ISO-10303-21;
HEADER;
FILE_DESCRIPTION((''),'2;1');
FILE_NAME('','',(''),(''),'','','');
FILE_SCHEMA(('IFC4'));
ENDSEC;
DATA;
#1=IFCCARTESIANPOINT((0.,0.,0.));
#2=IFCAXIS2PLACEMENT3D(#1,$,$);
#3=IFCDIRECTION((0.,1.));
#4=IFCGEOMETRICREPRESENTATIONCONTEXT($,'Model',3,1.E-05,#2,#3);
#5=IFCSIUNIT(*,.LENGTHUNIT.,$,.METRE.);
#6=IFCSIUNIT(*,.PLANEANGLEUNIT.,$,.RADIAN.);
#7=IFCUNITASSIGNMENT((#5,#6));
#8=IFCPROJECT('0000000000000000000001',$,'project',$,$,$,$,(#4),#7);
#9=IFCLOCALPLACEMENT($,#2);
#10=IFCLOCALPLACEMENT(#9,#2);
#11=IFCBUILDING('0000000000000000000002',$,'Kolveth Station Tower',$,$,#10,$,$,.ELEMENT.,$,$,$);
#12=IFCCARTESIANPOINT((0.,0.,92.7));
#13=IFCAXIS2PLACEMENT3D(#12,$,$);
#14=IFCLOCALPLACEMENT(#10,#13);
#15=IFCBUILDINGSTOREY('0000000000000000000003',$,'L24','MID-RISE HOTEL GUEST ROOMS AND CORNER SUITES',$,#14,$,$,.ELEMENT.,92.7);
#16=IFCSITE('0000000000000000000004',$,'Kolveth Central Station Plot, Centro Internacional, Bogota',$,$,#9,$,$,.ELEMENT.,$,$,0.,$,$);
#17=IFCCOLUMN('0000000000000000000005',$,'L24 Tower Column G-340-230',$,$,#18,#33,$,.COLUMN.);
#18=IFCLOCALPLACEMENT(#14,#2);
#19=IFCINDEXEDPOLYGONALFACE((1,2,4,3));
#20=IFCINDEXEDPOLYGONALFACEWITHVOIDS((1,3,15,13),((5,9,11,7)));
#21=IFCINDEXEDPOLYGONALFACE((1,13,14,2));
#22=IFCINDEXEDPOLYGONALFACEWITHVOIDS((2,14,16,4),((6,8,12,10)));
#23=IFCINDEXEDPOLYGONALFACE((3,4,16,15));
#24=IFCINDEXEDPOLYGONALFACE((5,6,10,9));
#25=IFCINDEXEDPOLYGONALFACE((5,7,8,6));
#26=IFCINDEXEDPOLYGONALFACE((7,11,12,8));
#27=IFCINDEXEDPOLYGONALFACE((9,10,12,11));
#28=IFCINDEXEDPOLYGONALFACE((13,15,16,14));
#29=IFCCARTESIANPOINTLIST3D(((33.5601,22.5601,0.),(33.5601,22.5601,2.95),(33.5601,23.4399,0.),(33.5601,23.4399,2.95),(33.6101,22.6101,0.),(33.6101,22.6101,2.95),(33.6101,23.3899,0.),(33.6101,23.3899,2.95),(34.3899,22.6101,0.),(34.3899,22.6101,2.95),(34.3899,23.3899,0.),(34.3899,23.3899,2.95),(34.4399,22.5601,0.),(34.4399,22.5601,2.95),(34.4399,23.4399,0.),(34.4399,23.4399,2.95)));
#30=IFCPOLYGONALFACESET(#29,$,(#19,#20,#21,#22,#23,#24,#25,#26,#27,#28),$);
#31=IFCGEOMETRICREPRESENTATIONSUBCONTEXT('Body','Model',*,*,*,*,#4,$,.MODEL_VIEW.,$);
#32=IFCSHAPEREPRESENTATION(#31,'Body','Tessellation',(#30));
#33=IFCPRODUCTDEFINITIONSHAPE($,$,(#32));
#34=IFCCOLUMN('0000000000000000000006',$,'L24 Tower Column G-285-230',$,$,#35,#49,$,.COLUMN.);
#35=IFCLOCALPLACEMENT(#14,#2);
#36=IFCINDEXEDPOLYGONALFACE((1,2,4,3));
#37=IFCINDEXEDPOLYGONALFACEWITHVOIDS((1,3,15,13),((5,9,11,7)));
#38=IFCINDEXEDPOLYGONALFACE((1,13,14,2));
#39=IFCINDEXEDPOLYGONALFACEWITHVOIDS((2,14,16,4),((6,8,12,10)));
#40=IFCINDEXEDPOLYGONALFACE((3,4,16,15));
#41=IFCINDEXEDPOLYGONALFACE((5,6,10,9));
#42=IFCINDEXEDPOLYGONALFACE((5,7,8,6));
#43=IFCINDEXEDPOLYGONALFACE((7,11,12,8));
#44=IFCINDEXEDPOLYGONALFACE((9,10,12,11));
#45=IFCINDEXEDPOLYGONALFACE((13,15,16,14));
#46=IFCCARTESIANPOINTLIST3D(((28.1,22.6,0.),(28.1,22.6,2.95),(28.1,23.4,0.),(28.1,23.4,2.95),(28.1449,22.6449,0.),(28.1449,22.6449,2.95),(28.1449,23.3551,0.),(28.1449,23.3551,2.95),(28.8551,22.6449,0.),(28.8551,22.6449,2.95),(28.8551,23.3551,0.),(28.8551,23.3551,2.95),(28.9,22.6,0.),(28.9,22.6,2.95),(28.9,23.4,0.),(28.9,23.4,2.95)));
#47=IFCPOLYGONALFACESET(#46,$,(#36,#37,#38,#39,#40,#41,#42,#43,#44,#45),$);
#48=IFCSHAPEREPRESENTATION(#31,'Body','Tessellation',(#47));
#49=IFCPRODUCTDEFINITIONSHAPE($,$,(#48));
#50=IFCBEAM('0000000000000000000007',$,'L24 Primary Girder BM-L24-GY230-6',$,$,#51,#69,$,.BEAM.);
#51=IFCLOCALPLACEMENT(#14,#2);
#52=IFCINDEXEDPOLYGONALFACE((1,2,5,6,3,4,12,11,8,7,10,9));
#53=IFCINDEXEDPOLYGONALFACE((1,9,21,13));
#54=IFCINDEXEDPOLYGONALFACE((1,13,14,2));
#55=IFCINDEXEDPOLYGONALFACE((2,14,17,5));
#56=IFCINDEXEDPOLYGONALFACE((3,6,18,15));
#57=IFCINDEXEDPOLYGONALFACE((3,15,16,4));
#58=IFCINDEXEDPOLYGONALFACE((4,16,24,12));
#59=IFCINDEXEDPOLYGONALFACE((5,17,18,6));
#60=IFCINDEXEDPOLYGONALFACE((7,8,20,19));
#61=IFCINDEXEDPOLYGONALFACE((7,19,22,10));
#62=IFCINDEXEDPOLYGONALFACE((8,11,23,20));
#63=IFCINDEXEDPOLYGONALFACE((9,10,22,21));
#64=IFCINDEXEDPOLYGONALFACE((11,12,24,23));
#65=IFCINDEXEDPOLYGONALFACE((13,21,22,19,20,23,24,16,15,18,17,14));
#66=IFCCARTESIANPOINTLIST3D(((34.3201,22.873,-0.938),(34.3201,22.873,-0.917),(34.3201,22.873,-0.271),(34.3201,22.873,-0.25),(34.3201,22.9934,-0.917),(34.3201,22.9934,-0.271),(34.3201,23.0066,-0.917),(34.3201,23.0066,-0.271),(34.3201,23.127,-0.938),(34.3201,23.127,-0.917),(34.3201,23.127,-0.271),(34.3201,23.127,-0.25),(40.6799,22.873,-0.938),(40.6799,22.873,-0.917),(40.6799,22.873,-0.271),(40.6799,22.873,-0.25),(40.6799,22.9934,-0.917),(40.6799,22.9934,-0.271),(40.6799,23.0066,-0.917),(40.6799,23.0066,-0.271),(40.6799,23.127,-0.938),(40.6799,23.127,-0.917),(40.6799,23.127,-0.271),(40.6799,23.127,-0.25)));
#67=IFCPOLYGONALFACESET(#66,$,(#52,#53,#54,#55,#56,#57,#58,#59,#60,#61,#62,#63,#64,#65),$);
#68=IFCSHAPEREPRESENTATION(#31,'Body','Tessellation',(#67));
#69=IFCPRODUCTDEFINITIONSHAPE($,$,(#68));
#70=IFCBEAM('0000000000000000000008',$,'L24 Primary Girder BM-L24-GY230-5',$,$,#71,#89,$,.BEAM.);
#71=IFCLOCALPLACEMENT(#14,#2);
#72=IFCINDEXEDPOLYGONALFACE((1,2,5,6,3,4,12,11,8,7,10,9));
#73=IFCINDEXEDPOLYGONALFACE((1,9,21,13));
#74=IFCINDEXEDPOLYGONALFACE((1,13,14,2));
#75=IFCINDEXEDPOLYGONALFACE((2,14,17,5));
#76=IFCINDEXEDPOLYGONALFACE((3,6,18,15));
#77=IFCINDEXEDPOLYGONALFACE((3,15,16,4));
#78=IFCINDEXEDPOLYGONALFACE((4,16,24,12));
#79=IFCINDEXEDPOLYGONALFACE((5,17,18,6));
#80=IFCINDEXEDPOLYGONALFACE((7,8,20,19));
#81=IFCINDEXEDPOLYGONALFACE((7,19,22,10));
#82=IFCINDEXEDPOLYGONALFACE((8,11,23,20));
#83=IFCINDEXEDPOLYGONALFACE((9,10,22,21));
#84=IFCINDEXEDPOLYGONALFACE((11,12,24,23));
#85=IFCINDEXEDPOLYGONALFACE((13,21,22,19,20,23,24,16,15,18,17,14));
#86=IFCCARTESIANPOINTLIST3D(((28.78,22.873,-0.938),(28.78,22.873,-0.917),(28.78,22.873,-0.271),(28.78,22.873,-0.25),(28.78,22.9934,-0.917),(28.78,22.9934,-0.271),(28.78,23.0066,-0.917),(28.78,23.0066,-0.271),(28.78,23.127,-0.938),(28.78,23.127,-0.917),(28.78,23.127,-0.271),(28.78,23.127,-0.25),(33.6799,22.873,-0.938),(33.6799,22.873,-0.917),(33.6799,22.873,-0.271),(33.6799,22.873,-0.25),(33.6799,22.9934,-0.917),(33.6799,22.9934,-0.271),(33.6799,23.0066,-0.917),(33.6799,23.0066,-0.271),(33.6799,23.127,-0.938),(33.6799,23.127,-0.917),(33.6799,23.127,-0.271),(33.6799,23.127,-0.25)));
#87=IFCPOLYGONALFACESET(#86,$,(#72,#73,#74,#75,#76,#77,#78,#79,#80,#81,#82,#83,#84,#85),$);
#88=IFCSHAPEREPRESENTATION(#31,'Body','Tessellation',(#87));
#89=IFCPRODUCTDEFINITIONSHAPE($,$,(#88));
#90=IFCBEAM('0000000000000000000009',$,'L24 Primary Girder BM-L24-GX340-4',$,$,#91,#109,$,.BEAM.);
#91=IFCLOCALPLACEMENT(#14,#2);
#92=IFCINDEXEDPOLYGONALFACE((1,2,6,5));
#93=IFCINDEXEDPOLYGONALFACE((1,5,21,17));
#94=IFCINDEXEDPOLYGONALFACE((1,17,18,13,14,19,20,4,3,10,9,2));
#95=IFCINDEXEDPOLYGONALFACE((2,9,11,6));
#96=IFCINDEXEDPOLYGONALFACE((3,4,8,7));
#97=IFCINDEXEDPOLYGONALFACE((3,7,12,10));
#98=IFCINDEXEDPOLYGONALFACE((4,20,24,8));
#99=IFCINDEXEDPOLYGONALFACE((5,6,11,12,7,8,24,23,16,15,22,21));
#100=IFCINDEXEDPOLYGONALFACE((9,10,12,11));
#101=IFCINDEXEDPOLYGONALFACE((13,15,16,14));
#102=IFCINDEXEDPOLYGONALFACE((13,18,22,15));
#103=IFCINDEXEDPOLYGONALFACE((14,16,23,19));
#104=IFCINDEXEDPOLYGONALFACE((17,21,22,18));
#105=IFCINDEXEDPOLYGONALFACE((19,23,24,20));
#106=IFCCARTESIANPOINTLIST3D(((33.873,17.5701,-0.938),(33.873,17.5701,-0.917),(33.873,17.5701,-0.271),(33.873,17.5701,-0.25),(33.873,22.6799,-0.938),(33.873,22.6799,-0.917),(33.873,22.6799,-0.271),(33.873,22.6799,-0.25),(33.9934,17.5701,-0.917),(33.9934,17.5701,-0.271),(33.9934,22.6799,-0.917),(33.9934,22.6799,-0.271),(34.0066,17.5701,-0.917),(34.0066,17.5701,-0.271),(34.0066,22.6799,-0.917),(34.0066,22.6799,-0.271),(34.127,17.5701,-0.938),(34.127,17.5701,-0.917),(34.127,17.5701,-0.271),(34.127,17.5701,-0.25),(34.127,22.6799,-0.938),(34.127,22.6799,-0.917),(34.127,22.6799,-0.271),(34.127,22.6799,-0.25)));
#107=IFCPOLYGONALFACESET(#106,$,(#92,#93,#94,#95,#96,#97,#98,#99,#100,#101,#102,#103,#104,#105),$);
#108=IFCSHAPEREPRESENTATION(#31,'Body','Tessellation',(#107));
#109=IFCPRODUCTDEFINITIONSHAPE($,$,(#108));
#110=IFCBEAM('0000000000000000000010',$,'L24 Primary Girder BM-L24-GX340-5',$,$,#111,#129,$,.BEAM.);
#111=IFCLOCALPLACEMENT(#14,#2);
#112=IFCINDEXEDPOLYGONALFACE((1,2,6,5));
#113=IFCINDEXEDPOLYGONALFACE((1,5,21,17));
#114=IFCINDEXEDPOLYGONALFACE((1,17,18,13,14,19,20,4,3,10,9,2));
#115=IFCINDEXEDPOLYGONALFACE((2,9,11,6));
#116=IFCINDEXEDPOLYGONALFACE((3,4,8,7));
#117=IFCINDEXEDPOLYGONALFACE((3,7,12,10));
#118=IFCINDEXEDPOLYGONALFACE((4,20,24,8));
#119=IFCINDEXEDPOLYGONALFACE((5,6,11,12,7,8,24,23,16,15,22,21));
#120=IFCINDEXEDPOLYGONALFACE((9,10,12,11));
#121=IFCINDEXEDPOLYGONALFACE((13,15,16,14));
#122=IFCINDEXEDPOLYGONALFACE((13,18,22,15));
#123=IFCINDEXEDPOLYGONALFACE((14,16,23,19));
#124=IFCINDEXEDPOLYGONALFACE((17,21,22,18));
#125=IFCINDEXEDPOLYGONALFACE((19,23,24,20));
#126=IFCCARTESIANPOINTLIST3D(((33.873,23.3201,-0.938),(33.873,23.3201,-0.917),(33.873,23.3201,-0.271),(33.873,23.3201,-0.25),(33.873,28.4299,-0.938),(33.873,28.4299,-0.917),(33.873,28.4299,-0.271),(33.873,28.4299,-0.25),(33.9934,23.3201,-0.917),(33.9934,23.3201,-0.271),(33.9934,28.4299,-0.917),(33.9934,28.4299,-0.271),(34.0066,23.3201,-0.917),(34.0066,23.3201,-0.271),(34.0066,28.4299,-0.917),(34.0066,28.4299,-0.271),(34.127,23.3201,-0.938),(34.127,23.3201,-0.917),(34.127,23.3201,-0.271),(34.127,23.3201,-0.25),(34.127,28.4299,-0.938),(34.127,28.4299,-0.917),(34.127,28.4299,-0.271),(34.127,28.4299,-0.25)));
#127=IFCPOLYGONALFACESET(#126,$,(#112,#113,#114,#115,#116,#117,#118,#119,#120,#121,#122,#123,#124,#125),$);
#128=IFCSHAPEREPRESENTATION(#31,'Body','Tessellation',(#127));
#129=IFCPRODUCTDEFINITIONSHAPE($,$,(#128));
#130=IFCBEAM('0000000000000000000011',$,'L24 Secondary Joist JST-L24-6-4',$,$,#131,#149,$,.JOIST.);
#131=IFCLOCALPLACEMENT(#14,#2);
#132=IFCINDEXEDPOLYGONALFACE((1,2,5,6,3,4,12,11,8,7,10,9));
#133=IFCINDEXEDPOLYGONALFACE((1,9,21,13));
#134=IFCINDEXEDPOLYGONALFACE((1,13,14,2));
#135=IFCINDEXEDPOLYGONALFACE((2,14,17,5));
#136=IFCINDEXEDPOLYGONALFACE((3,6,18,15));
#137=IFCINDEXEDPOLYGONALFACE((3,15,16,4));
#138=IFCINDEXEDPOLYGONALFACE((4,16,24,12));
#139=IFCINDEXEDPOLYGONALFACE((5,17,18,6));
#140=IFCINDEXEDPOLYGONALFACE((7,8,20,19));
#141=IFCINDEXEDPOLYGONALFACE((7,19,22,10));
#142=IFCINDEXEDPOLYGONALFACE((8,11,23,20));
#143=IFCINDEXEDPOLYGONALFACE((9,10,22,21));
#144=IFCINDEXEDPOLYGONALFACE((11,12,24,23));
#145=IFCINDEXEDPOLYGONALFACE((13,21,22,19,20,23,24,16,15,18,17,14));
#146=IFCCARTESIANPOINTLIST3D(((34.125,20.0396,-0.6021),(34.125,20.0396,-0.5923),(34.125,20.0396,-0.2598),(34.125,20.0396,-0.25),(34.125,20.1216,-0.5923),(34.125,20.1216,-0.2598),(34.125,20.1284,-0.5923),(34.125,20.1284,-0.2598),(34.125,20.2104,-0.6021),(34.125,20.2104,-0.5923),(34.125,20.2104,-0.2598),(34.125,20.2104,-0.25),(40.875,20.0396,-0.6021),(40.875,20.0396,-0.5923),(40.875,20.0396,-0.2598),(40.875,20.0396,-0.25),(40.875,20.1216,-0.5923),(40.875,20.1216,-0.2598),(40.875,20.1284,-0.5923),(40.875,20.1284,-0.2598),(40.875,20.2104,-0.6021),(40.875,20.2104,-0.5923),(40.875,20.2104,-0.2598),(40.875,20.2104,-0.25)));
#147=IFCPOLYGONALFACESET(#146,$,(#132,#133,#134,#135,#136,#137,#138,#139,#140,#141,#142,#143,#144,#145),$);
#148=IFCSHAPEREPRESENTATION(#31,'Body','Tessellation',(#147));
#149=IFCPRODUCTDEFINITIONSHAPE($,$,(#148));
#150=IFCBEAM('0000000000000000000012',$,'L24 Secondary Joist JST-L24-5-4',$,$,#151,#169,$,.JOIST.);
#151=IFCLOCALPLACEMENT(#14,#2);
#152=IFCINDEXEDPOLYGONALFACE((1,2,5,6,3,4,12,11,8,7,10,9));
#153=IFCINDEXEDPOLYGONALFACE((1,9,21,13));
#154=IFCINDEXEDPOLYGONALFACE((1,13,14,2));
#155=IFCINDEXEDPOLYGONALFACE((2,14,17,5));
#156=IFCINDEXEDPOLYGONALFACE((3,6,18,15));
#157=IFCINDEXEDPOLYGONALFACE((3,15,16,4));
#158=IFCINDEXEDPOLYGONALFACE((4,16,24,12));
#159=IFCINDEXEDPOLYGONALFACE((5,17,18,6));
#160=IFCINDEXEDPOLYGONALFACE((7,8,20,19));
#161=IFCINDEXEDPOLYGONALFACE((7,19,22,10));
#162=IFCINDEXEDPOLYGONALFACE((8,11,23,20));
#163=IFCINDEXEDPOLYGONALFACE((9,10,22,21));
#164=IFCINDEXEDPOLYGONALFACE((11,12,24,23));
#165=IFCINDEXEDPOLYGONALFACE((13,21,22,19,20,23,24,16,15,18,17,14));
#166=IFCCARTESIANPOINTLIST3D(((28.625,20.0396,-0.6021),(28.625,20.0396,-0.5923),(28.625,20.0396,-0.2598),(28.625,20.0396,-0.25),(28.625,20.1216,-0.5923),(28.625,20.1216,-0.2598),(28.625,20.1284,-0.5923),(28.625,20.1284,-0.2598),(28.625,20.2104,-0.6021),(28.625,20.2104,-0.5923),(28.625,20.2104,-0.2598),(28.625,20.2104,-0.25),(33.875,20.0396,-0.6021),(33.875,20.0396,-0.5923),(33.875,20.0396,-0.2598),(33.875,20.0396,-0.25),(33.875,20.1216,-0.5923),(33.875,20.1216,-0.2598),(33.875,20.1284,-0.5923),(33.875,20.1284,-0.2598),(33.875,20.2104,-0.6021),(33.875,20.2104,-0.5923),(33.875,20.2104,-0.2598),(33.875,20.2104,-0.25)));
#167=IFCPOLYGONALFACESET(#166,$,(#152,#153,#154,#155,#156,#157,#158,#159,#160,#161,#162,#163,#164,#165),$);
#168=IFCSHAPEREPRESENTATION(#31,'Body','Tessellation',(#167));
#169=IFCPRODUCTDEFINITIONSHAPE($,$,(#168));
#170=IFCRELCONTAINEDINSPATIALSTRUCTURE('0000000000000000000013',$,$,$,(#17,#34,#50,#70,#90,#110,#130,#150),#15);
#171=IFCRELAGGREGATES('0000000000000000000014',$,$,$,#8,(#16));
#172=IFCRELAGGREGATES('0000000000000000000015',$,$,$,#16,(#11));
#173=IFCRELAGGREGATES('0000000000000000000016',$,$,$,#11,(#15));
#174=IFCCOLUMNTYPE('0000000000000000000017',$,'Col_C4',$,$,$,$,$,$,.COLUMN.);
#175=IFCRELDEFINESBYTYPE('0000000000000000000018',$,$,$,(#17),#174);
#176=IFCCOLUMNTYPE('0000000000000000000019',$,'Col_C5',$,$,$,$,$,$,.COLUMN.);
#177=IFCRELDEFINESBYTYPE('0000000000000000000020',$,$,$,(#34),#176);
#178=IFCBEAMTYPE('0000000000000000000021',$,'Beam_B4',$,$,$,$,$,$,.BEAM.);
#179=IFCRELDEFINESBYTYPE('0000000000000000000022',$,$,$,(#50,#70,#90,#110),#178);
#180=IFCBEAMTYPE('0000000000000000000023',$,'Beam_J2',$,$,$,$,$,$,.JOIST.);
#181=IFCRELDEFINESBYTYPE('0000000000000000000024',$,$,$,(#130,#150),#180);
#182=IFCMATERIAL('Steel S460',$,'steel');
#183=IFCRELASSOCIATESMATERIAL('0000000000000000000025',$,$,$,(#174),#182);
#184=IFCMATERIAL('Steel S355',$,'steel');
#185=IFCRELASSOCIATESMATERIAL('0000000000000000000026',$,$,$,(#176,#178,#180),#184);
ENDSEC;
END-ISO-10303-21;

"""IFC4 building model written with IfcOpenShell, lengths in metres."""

from ifc_helpers import new_model, si_unit, direction, frame, origin, origin_2d, place, context, subcontext, project, spatial, hollow_rectangle, i_section, extrude, source, transform, mapped, material, material_profile, profile_set, type_object, element, save


model = new_model("IFC4")

# Units and contexts
model_context = context("Model", 3, precision=1e-05, world=origin(), true_north=direction((0.0, 1.0)))
body_context = subcontext(model_context, "Body", "Model", "MODEL_VIEW")
ifc_project = project(units=[si_unit("LENGTHUNIT", "METRE"), si_unit("PLANEANGLEUNIT", "RADIAN")], contexts=[model_context])

# Site, building, storey
site_placement = place(None, origin())
site = spatial("IfcSite", under=ifc_project, at=site_placement, Name="Kolveth Central Station Plot, Centro Internacional, Bogota", CompositionType="ELEMENT", RefElevation=0.0)
building_placement = place(site_placement, origin())
building = spatial("IfcBuilding", under=site, at=building_placement, Name="Kolveth Station Tower", CompositionType="ELEMENT")
storey_placement = place(building_placement, frame((0.0, 0.0, 92.7)))
storey = spatial("IfcBuildingStorey", under=building, at=storey_placement, Name="L24", Description="MID-RISE HOTEL GUEST ROOMS AND CORNER SUITES", CompositionType="ELEMENT", Elevation=92.7)

# Columns
ifc_material_1 = material(Name="Steel S460", Category="steel")
ifc_material_profile_1 = material_profile(ifc_material_1, hollow_rectangle(XDim=0.8799, YDim=0.8799, WallThickness=0.05, at=origin_2d()), Name="BOX880x880x50")
ifc_profile_set_1 = profile_set([ifc_material_profile_1], Name="Steel S460")
column_type_1 = type_object("IfcColumnType", Name="Col_C4", PredefinedType="COLUMN", material=ifc_profile_set_1)
shared_shape_1 = source(origin(), body_context, "Body", "SweptSolid", [
    extrude(hollow_rectangle(XDim=0.8799, YDim=0.8799, WallThickness=0.05, at=origin_2d()), origin(), (0.0, 0.0, 1.0), 2.95),
])
column_1_placement = place(storey_placement, frame((34.0, 23.0, 0.0), z_axis=(0.0, 0.0, 1.0), x_axis=(1.0, 0.0, 0.0)))
element("IfcColumn", 1, at=column_1_placement, inside=storey, type_object=column_type_1, Name="L24 Tower Column G-340-230", PredefinedType="COLUMN", context=body_context, shape_type="MappedRepresentation", body=[
    mapped(shared_shape_1, transform((0.0, 0.0, 0.0), x_axis=(1.0, 0.0, 0.0), y_axis=(0.0, 1.0, 0.0), z_axis=(0.0, 0.0, 1.0), scale=1.0)),
])
ifc_material_2 = material(Name="Steel S355", Category="steel")
ifc_material_profile_2 = material_profile(ifc_material_2, hollow_rectangle(XDim=0.8, YDim=0.8, WallThickness=0.0449, at=origin_2d()), Name="BOX800x800x45")
ifc_profile_set_2 = profile_set([ifc_material_profile_2], Name="Steel S355")
column_type_2 = type_object("IfcColumnType", Name="Col_C5", PredefinedType="COLUMN", material=ifc_profile_set_2)
shared_shape_2 = source(origin(), body_context, "Body", "SweptSolid", [
    extrude(hollow_rectangle(XDim=0.8, YDim=0.8, WallThickness=0.0449, at=origin_2d()), origin(), (0.0, 0.0, 1.0), 2.95),
])
column_2_placement = place(storey_placement, frame((28.5, 23.0, 0.0), z_axis=(0.0, 0.0, 1.0), x_axis=(1.0, 0.0, 0.0)))
element("IfcColumn", 2, at=column_2_placement, inside=storey, type_object=column_type_2, Name="L24 Tower Column G-285-230", PredefinedType="COLUMN", context=body_context, shape_type="MappedRepresentation", body=[
    mapped(shared_shape_2, transform((0.0, 0.0, 0.0), x_axis=(1.0, 0.0, 0.0), y_axis=(0.0, 1.0, 0.0), z_axis=(0.0, 0.0, 1.0), scale=1.0)),
])

# Beams
ifc_material_profile_3 = material_profile(ifc_material_2, i_section(OverallWidth=0.2539, OverallDepth=0.688, WebThickness=0.0132, FlangeThickness=0.021, at=origin_2d()), Name="W690x152")
ifc_profile_set_3 = profile_set([ifc_material_profile_3], Name="Steel S355")
beam_type_1 = type_object("IfcBeamType", Name="Beam_B4", PredefinedType="BEAM", material=ifc_profile_set_3)
shared_shape_3 = source(origin(), body_context, "Body", "SweptSolid", [
    extrude(i_section(OverallWidth=0.2539, OverallDepth=0.688, WebThickness=0.0132, FlangeThickness=0.021, at=origin_2d()), origin(), (0.0, 0.0, 1.0), 6.3599),
])
beam_1_placement = place(storey_placement, frame((34.3201, 23.0, -0.594), z_axis=(1.0, 0.0, 0.0), x_axis=(0.0, 1.0, 0.0)))
element("IfcBeam", 3, at=beam_1_placement, inside=storey, type_object=beam_type_1, Name="L24 Primary Girder BM-L24-GY230-6", PredefinedType="BEAM", context=body_context, shape_type="MappedRepresentation", body=[
    mapped(shared_shape_3, transform((0.0, 0.0, 0.0), x_axis=(1.0, 0.0, 0.0), y_axis=(0.0, 1.0, 0.0), z_axis=(0.0, 0.0, 1.0), scale=1.0)),
])
shared_shape_4 = source(origin(), body_context, "Body", "SweptSolid", [
    extrude(i_section(OverallWidth=0.2539, OverallDepth=0.688, WebThickness=0.0132, FlangeThickness=0.021, at=origin_2d()), origin(), (0.0, 0.0, 1.0), 4.8999),
])
beam_2_placement = place(storey_placement, frame((28.78, 23.0, -0.594), z_axis=(1.0, 0.0, 0.0), x_axis=(0.0, 1.0, 0.0)))
element("IfcBeam", 4, at=beam_2_placement, inside=storey, type_object=beam_type_1, Name="L24 Primary Girder BM-L24-GY230-5", PredefinedType="BEAM", context=body_context, shape_type="MappedRepresentation", body=[
    mapped(shared_shape_4, transform((0.0, 0.0, 0.0), x_axis=(1.0, 0.0, 0.0), y_axis=(0.0, 1.0, 0.0), z_axis=(0.0, 0.0, 1.0), scale=1.0)),
])
shared_shape_5 = source(origin(), body_context, "Body", "SweptSolid", [
    extrude(i_section(OverallWidth=0.2539, OverallDepth=0.688, WebThickness=0.0132, FlangeThickness=0.021, at=origin_2d()), origin(), (0.0, 0.0, 1.0), 5.1099),
])
for number, where, z_axis, x_axis, name in (
    (5, (34.0, 17.5701, -0.594), (0.0, 1.0, 0.0), (-1.0, 0.0, 0.0), "L24 Primary Girder BM-L24-GX340-4"),
    (6, (34.0, 23.3201, -0.594), (0.0, 1.0, 0.0), (-1.0, 0.0, 0.0), "L24 Primary Girder BM-L24-GX340-5"),
):
    element("IfcBeam", number, at=place(storey_placement, frame(where, z_axis=z_axis, x_axis=x_axis)), inside=storey, type_object=beam_type_1, Name=name, PredefinedType="BEAM", context=body_context, shape_type="MappedRepresentation", body=[
        mapped(shared_shape_5, transform((0.0, 0.0, 0.0), x_axis=(1.0, 0.0, 0.0), y_axis=(0.0, 1.0, 0.0), z_axis=(0.0, 0.0, 1.0), scale=1.0)),
    ])
ifc_material_profile_4 = material_profile(ifc_material_2, i_section(OverallWidth=0.1709, OverallDepth=0.3521, WebThickness=0.0068, FlangeThickness=0.0098, at=origin_2d()), Name="W360x44")
ifc_profile_set_4 = profile_set([ifc_material_profile_4], Name="Steel S355")
beam_type_2 = type_object("IfcBeamType", Name="Beam_J2", PredefinedType="JOIST", material=ifc_profile_set_4)
shared_shape_6 = source(origin(), body_context, "Body", "SweptSolid", [
    extrude(i_section(OverallWidth=0.1709, OverallDepth=0.3521, WebThickness=0.0068, FlangeThickness=0.0098, at=origin_2d()), origin(), (0.0, 0.0, 1.0), 6.75),
])
beam_3_placement = place(storey_placement, frame((34.125, 20.125, -0.426), z_axis=(1.0, 0.0, 0.0), x_axis=(0.0, 1.0, 0.0)))
element("IfcBeam", 7, at=beam_3_placement, inside=storey, type_object=beam_type_2, Name="L24 Secondary Joist JST-L24-6-4", PredefinedType="JOIST", context=body_context, shape_type="MappedRepresentation", body=[
    mapped(shared_shape_6, transform((0.0, 0.0, 0.0), x_axis=(1.0, 0.0, 0.0), y_axis=(0.0, 1.0, 0.0), z_axis=(0.0, 0.0, 1.0), scale=1.0)),
])
shared_shape_7 = source(origin(), body_context, "Body", "SweptSolid", [
    extrude(i_section(OverallWidth=0.1709, OverallDepth=0.3521, WebThickness=0.0068, FlangeThickness=0.0098, at=origin_2d()), origin(), (0.0, 0.0, 1.0), 5.25),
])
for number, where, z_axis, x_axis, name in (
    (8, (28.625, 20.125, -0.426), (1.0, 0.0, 0.0), (0.0, 1.0, 0.0), "L24 Secondary Joist JST-L24-5-4"),
):
    element("IfcBeam", number, at=place(storey_placement, frame(where, z_axis=z_axis, x_axis=x_axis)), inside=storey, type_object=beam_type_2, Name=name, PredefinedType="JOIST", context=body_context, shape_type="MappedRepresentation", body=[
        mapped(shared_shape_7, transform((0.0, 0.0, 0.0), x_axis=(1.0, 0.0, 0.0), y_axis=(0.0, 1.0, 0.0), z_axis=(0.0, 0.0, 1.0), scale=1.0)),
    ])

save(model, "model.ifc")
